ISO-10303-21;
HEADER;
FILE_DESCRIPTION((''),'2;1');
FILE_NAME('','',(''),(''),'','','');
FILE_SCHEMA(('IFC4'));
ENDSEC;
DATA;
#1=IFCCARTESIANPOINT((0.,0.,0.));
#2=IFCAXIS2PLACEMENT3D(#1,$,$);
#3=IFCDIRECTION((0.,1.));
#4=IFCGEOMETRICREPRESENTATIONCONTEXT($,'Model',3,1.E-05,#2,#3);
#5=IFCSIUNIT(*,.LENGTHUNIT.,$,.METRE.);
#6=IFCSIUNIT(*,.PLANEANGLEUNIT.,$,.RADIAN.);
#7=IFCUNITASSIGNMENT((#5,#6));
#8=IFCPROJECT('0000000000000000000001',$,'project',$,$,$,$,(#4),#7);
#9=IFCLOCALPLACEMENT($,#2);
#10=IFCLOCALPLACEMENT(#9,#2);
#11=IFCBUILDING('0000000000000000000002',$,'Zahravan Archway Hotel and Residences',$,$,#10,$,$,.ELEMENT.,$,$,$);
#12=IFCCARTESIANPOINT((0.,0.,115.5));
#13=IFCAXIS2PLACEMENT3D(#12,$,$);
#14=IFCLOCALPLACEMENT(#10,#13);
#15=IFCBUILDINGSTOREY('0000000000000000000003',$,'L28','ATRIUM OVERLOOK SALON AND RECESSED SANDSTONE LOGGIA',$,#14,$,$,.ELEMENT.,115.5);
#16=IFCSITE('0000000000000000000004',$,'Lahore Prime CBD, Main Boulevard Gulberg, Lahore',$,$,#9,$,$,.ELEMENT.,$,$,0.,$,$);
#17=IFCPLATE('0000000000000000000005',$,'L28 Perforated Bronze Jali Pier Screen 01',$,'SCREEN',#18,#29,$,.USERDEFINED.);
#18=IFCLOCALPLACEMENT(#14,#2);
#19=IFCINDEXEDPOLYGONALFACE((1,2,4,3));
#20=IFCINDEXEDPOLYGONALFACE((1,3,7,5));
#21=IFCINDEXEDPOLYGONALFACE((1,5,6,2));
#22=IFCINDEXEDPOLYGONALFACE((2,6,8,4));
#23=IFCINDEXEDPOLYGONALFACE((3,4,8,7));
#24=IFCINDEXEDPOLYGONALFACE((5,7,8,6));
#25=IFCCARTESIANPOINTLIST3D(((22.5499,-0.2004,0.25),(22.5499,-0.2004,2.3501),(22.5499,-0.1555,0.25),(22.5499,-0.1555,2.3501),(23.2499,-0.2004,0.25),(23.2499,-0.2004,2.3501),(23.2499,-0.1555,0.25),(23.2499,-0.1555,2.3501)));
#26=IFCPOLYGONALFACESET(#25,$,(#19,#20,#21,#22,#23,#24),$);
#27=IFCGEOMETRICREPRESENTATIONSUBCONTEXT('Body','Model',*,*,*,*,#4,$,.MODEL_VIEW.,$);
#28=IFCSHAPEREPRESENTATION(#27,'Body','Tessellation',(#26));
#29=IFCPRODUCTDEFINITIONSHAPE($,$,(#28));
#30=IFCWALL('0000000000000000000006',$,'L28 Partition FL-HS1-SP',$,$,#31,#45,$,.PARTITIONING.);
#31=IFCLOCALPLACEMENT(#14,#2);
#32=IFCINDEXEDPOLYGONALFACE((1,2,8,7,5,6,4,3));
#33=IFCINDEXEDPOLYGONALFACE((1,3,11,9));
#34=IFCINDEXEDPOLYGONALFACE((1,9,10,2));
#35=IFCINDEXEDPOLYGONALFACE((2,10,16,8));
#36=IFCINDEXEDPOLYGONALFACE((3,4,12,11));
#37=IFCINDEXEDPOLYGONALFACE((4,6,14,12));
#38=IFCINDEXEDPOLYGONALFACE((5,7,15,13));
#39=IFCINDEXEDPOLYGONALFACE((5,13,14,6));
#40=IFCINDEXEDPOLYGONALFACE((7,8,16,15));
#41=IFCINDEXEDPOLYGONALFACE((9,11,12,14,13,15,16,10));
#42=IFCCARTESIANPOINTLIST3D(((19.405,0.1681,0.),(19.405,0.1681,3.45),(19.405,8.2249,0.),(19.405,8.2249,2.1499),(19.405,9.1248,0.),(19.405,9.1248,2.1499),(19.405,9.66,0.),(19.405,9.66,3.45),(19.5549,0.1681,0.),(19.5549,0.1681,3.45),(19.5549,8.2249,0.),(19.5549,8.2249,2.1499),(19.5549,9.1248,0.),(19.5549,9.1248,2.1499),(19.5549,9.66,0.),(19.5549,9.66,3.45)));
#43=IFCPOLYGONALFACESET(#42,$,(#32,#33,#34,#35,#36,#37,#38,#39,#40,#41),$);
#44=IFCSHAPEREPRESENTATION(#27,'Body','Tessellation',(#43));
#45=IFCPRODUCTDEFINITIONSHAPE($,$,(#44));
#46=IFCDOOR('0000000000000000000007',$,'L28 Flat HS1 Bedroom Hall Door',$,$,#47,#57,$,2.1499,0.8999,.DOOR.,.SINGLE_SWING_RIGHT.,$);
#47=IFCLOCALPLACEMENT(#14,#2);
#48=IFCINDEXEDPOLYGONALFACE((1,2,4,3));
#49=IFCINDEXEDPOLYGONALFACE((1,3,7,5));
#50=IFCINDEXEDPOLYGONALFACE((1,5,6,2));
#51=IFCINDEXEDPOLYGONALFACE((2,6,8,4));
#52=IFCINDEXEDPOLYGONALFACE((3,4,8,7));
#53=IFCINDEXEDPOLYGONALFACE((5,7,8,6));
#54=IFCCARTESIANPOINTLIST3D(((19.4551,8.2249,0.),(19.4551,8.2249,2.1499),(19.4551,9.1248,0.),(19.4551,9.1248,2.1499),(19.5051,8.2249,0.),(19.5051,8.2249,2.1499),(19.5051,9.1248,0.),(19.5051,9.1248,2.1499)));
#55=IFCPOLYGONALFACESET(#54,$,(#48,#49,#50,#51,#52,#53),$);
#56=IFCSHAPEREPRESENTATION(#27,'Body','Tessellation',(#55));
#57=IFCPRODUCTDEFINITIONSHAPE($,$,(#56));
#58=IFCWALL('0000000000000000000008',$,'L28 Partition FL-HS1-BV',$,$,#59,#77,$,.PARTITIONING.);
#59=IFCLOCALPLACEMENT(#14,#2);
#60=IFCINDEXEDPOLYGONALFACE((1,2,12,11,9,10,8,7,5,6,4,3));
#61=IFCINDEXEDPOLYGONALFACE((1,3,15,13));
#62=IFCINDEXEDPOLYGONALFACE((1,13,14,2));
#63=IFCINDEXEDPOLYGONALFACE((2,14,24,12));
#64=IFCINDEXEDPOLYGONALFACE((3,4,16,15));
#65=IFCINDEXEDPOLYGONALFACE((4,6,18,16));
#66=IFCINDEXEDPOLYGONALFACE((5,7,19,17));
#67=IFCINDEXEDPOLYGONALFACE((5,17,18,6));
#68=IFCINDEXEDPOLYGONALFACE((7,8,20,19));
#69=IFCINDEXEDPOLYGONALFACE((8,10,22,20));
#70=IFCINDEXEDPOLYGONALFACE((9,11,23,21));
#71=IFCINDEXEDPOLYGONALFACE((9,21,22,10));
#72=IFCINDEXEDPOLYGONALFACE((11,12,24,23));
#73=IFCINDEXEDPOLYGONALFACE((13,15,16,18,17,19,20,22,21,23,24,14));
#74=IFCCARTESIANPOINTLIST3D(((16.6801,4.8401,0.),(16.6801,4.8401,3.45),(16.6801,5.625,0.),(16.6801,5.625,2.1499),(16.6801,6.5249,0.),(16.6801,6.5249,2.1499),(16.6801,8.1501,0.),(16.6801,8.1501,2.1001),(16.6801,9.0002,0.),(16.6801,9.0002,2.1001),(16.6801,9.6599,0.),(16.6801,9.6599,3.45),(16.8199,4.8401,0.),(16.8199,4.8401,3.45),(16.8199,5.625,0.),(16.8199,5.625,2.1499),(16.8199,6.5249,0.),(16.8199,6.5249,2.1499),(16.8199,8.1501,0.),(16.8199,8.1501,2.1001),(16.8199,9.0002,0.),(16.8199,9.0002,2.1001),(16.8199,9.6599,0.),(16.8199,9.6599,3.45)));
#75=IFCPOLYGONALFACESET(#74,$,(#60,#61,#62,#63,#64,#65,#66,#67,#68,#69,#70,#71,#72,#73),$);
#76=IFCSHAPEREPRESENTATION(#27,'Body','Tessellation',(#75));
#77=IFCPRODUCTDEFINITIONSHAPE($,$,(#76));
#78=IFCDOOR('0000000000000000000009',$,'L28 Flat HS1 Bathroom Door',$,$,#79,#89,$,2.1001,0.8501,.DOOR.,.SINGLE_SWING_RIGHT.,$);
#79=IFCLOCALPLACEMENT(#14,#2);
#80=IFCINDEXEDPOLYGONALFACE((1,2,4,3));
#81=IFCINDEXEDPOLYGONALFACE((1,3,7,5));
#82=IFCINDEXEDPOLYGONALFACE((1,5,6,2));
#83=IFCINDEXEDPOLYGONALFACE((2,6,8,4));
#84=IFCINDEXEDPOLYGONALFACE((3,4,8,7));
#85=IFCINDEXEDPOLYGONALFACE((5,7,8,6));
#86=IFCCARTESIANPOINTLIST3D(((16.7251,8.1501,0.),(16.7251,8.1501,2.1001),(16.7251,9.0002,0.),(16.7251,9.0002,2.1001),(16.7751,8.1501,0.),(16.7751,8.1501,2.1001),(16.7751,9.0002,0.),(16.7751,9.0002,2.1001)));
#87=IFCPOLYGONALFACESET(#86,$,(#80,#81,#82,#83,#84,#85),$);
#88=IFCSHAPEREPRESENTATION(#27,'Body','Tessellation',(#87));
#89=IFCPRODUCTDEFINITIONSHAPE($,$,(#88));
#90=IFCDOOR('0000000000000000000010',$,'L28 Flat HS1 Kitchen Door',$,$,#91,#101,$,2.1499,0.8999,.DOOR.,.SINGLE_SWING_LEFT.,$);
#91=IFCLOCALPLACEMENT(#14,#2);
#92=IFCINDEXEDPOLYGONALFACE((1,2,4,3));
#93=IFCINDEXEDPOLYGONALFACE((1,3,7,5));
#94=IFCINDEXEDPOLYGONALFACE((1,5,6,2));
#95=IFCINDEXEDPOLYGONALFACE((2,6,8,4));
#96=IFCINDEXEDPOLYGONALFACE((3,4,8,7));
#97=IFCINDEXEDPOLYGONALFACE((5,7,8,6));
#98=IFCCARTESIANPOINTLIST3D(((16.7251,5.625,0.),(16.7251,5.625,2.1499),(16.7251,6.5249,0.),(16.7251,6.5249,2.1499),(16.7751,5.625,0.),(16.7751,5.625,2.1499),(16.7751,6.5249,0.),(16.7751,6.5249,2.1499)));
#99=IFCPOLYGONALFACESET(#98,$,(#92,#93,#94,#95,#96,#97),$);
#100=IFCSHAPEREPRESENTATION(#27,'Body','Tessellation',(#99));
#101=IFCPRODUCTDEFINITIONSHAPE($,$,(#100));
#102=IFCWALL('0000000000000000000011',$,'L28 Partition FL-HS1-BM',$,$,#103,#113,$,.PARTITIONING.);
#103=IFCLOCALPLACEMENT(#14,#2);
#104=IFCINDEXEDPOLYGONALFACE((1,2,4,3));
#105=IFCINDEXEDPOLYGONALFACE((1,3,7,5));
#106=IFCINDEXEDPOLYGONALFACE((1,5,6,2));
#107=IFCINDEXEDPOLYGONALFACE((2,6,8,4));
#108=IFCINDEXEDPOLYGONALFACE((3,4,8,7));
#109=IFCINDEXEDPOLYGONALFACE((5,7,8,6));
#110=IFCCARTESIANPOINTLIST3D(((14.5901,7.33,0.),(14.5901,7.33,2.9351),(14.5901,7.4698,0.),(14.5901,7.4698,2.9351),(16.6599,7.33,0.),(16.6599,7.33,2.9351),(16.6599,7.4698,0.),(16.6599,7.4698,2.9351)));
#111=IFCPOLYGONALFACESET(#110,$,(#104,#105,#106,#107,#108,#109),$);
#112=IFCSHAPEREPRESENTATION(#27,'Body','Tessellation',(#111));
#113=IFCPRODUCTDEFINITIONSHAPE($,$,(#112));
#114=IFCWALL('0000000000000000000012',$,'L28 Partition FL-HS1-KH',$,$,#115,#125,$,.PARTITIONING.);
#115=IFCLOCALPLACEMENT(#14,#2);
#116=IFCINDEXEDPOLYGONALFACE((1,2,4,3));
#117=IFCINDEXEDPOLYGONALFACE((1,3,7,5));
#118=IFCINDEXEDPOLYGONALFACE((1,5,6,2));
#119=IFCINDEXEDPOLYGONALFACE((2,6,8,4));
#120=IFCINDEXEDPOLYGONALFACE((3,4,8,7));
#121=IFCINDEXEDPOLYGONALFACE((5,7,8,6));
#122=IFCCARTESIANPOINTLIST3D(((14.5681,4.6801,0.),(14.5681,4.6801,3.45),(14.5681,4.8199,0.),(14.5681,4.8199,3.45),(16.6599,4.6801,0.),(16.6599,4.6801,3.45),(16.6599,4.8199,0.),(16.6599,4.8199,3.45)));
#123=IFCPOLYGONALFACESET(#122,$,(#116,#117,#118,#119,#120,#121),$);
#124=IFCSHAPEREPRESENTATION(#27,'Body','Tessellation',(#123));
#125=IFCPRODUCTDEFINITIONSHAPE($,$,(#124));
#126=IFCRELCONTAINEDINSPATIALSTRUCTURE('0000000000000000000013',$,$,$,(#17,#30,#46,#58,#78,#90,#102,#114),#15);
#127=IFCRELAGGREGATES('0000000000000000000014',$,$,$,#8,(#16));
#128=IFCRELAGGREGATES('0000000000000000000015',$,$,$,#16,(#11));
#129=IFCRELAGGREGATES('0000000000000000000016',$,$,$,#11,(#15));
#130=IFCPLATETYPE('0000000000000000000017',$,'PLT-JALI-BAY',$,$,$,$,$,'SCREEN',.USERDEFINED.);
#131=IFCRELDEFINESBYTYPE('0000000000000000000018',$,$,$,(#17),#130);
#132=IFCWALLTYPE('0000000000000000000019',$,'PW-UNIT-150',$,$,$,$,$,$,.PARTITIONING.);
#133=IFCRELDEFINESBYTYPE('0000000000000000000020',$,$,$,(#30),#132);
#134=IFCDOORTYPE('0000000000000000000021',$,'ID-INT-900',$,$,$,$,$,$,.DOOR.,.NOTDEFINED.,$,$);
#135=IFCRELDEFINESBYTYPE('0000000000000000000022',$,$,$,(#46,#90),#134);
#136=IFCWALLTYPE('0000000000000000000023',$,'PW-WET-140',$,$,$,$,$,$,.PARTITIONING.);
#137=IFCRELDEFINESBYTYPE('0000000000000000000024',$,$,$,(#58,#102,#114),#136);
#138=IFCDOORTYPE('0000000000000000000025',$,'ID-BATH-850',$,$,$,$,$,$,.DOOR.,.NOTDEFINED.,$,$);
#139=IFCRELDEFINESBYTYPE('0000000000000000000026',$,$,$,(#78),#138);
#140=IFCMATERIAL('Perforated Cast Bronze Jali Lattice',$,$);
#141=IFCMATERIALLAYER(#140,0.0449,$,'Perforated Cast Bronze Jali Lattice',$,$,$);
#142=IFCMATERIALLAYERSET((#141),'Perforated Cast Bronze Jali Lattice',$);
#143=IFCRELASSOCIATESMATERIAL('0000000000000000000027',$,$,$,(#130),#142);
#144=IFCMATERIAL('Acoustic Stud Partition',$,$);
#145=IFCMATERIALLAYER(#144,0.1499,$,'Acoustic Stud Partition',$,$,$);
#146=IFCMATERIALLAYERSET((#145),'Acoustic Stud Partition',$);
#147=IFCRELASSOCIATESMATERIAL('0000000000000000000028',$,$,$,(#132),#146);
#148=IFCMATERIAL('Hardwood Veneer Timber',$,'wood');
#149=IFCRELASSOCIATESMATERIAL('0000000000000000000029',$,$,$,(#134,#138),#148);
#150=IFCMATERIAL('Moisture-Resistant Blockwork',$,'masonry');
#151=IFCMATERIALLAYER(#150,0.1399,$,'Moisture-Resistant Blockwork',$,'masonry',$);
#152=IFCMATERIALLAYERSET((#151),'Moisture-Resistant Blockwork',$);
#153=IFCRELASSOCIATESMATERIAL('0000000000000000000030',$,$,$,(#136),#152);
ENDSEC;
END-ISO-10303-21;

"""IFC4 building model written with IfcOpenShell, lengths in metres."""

from ifc_helpers import new_model, si_unit, direction, frame, frame_2d, origin, origin_2d, place, context, subcontext, project, spatial, rectangle, extrude, source, transform, mapped, material, layer, layer_set, type_object, type_shapes, element, fill, save


model = new_model("IFC4")

# Units and contexts
model_context = context("Model", 3, precision=1e-05, world=origin(), true_north=direction((0.0, 1.0)))
body_context = subcontext(model_context, "Body", "Model", "MODEL_VIEW")
ifc_project = project(units=[si_unit("LENGTHUNIT", "METRE"), si_unit("PLANEANGLEUNIT", "RADIAN")], contexts=[model_context])

# Site, building, storey
site_placement = place(None, origin())
site = spatial("IfcSite", under=ifc_project, at=site_placement, Name="Lahore Prime CBD, Main Boulevard Gulberg, Lahore", CompositionType="ELEMENT", RefElevation=0.0)
building_placement = place(site_placement, origin())
building = spatial("IfcBuilding", under=site, at=building_placement, Name="Zahravan Archway Hotel and Residences", CompositionType="ELEMENT")
storey_placement = place(building_placement, frame((0.0, 0.0, 115.5)))
storey = spatial("IfcBuildingStorey", under=building, at=storey_placement, Name="L28", Description="ATRIUM OVERLOOK SALON AND RECESSED SANDSTONE LOGGIA", CompositionType="ELEMENT", Elevation=115.5)

# Plate
ifc_material_1 = material(Name="Perforated Cast Bronze Jali Lattice")
ifc_layer_1 = layer(ifc_material_1, 0.0449, Name="Perforated Cast Bronze Jali Lattice")
ifc_layer_set_1 = layer_set([ifc_layer_1], Name="Perforated Cast Bronze Jali Lattice")
plate_type = type_object("IfcPlateType", Name="PLT-JALI-BAY", ElementType="SCREEN", PredefinedType="USERDEFINED", material=ifc_layer_set_1)
shared_shape_1 = source(origin(), body_context, "Body", "SweptSolid", [
    extrude(rectangle(XDim=0.7, YDim=0.0449, at=origin_2d()), origin(), (0.0, 0.0, 1.0), 2.1001),
])
type_shapes(plate_type, [shared_shape_1])
plate_placement = place(storey_placement, frame((22.8999, -0.178, 0.25), z_axis=(0.0, 0.0, 1.0), x_axis=(1.0, 0.0, 0.0)))
element("IfcPlate", 1, at=plate_placement, inside=storey, type_object=plate_type, Name="L28 Perforated Bronze Jali Pier Screen 01", ObjectType="SCREEN", PredefinedType="USERDEFINED", context=body_context, shape_type="MappedRepresentation", body=[
    mapped(shared_shape_1, transform((0.0, 0.0, 0.0), scale=1.0)),
])

# Wall, opening, door
ifc_material_2 = material(Name="Acoustic Stud Partition")
ifc_layer_2 = layer(ifc_material_2, 0.1499, Name="Acoustic Stud Partition")
ifc_layer_set_2 = layer_set([ifc_layer_2], Name="Acoustic Stud Partition")
wall_type_1 = type_object("IfcWallType", Name="PW-UNIT-150", PredefinedType="PARTITIONING", material=ifc_layer_set_2)
wall_1_placement = place(storey_placement, frame((19.48, 0.168, 0.0), z_axis=(0.0, 0.0, 1.0), x_axis=(0.0, 1.0, 0.0)))
wall_1 = element("IfcWall", 2, at=wall_1_placement, inside=storey, type_object=wall_type_1, Name="L28 Partition FL-HS1-SP", PredefinedType="PARTITIONING", context=body_context, shape_type="SweptSolid", body=[
    extrude(rectangle(XDim=9.4919, YDim=0.1499, at=frame_2d((4.7461, 0.0))), origin(), (0.0, 0.0, 1.0), 3.45),
])
opening_1_placement = place(wall_1_placement, frame((8.0569, 0.0, 0.0)))
opening_1 = element("IfcOpeningElement", 3, at=opening_1_placement, cuts=wall_1, PredefinedType="OPENING", context=body_context, shape_type="SweptSolid", body=[
    extrude(rectangle(XDim=0.8999, YDim=2.1499, at=frame_2d((0.45, 1.075))), frame((0.0, 0.085, 0.0), z_axis=(0.0, -1.0, 0.0), x_axis=(1.0, 0.0, 0.0)), (0.0, 0.0, 1.0), 0.1699),
])
ifc_material_3 = material(Name="Hardwood Veneer Timber", Category="wood")
door_type_1 = type_object("IfcDoorType", Name="ID-INT-900", OperationType="NOTDEFINED", PredefinedType="DOOR", material=ifc_material_3)
shared_shape_2 = source(origin(), body_context, "Body", "SweptSolid", [
    extrude(rectangle(XDim=0.8999, YDim=2.1499, at=frame_2d((0.45, 1.075))), frame((0.0, 0.0249, 0.0), z_axis=(0.0, -1.0, 0.0), x_axis=(1.0, 0.0, 0.0)), (0.0, 0.0, 1.0), 0.05),
])
type_shapes(door_type_1, [shared_shape_2])
door_1_placement = place(opening_1_placement, origin())
door_1 = element("IfcDoor", 4, at=door_1_placement, inside=storey, type_object=door_type_1, Name="L28 Flat HS1 Bedroom Hall Door", OperationType="SINGLE_SWING_RIGHT", OverallHeight=2.1499, OverallWidth=0.8999, PredefinedType="DOOR", context=body_context, shape_type="MappedRepresentation", body=[
    mapped(shared_shape_2, transform((0.0, 0.0, 0.0), scale=1.0)),
])
fill(opening_1, door_1)

# Wall, openings, doors
ifc_material_4 = material(Name="Moisture-Resistant Blockwork", Category="masonry")
ifc_layer_3 = layer(ifc_material_4, 0.1399, Name="Moisture-Resistant Blockwork", Category="masonry")
ifc_layer_set_3 = layer_set([ifc_layer_3], Name="Moisture-Resistant Blockwork")
wall_type_2 = type_object("IfcWallType", Name="PW-WET-140", PredefinedType="PARTITIONING", material=ifc_layer_set_3)
wall_2_placement = place(storey_placement, frame((16.75, 4.8401, 0.0), z_axis=(0.0, 0.0, 1.0), x_axis=(0.0, 1.0, 0.0)))
wall_2 = element("IfcWall", 5, at=wall_2_placement, inside=storey, type_object=wall_type_2, Name="L28 Partition FL-HS1-BV", PredefinedType="PARTITIONING", context=body_context, shape_type="SweptSolid", body=[
    extrude(rectangle(XDim=4.8198, YDim=0.1399, at=frame_2d((2.4099, 0.0))), origin(), (0.0, 0.0, 1.0), 3.45),
])
opening_2_placement = place(wall_2_placement, frame((0.7849, 0.0, 0.0)))
opening_2 = element("IfcOpeningElement", 6, at=opening_2_placement, cuts=wall_2, PredefinedType="OPENING", context=body_context, shape_type="SweptSolid", body=[
    extrude(rectangle(XDim=0.8999, YDim=2.1499, at=frame_2d((0.45, 1.075))), frame((0.0, 0.0801, 0.0), z_axis=(0.0, -1.0, 0.0), x_axis=(1.0, 0.0, 0.0)), (0.0, 0.0, 1.0), 0.1599),
])
opening_3_placement = place(wall_2_placement, frame((3.3101, 0.0, 0.0)))
opening_3 = element("IfcOpeningElement", 7, at=opening_3_placement, cuts=wall_2, PredefinedType="OPENING", context=body_context, shape_type="SweptSolid", body=[
    extrude(rectangle(XDim=0.8501, YDim=2.1001, at=frame_2d((0.425, 1.05))), frame((0.0, 0.0801, 0.0), z_axis=(0.0, -1.0, 0.0), x_axis=(1.0, 0.0, 0.0)), (0.0, 0.0, 1.0), 0.1599),
])
door_type_2 = type_object("IfcDoorType", Name="ID-BATH-850", OperationType="NOTDEFINED", PredefinedType="DOOR", material=ifc_material_3)
shared_shape_3 = source(origin(), body_context, "Body", "SweptSolid", [
    extrude(rectangle(XDim=0.8501, YDim=2.1001, at=frame_2d((0.425, 1.05))), frame((0.0, 0.0249, 0.0), z_axis=(0.0, -1.0, 0.0), x_axis=(1.0, 0.0, 0.0)), (0.0, 0.0, 1.0), 0.05),
])
type_shapes(door_type_2, [shared_shape_3])
door_2_placement = place(opening_3_placement, origin())
door_2 = element("IfcDoor", 8, at=door_2_placement, inside=storey, type_object=door_type_2, Name="L28 Flat HS1 Bathroom Door", OperationType="SINGLE_SWING_RIGHT", OverallHeight=2.1001, OverallWidth=0.8501, PredefinedType="DOOR", context=body_context, shape_type="MappedRepresentation", body=[
    mapped(shared_shape_3, transform((0.0, 0.0, 0.0), scale=1.0)),
])
fill(opening_3, door_2)
door_3_placement = place(opening_2_placement, origin())
door_3 = element("IfcDoor", 9, at=door_3_placement, inside=storey, type_object=door_type_1, Name="L28 Flat HS1 Kitchen Door", OperationType="SINGLE_SWING_LEFT", OverallHeight=2.1499, OverallWidth=0.8999, PredefinedType="DOOR", context=body_context, shape_type="MappedRepresentation", body=[
    mapped(shared_shape_2, transform((0.0, 0.0, 0.0), scale=1.0)),
])
fill(opening_2, door_3)

# Walls
wall_3_placement = place(storey_placement, frame((14.5901, 7.3999, 0.0), z_axis=(0.0, 0.0, 1.0), x_axis=(1.0, 0.0, 0.0)))
element("IfcWall", 10, at=wall_3_placement, inside=storey, type_object=wall_type_2, Name="L28 Partition FL-HS1-BM", PredefinedType="PARTITIONING", context=body_context, shape_type="SweptSolid", body=[
    extrude(rectangle(XDim=2.0698, YDim=0.1399, at=frame_2d((1.0349, 0.0))), origin(), (0.0, 0.0, 1.0), 2.9351),
])
wall_4_placement = place(storey_placement, frame((14.5681, 4.75, 0.0), z_axis=(0.0, 0.0, 1.0), x_axis=(1.0, 0.0, 0.0)))
element("IfcWall", 11, at=wall_4_placement, inside=storey, type_object=wall_type_2, Name="L28 Partition FL-HS1-KH", PredefinedType="PARTITIONING", context=body_context, shape_type="SweptSolid", body=[
    extrude(rectangle(XDim=2.0918, YDim=0.1399, at=frame_2d((1.0459, 0.0))), origin(), (0.0, 0.0, 1.0), 3.45),
])

save(model, "model.ifc")
